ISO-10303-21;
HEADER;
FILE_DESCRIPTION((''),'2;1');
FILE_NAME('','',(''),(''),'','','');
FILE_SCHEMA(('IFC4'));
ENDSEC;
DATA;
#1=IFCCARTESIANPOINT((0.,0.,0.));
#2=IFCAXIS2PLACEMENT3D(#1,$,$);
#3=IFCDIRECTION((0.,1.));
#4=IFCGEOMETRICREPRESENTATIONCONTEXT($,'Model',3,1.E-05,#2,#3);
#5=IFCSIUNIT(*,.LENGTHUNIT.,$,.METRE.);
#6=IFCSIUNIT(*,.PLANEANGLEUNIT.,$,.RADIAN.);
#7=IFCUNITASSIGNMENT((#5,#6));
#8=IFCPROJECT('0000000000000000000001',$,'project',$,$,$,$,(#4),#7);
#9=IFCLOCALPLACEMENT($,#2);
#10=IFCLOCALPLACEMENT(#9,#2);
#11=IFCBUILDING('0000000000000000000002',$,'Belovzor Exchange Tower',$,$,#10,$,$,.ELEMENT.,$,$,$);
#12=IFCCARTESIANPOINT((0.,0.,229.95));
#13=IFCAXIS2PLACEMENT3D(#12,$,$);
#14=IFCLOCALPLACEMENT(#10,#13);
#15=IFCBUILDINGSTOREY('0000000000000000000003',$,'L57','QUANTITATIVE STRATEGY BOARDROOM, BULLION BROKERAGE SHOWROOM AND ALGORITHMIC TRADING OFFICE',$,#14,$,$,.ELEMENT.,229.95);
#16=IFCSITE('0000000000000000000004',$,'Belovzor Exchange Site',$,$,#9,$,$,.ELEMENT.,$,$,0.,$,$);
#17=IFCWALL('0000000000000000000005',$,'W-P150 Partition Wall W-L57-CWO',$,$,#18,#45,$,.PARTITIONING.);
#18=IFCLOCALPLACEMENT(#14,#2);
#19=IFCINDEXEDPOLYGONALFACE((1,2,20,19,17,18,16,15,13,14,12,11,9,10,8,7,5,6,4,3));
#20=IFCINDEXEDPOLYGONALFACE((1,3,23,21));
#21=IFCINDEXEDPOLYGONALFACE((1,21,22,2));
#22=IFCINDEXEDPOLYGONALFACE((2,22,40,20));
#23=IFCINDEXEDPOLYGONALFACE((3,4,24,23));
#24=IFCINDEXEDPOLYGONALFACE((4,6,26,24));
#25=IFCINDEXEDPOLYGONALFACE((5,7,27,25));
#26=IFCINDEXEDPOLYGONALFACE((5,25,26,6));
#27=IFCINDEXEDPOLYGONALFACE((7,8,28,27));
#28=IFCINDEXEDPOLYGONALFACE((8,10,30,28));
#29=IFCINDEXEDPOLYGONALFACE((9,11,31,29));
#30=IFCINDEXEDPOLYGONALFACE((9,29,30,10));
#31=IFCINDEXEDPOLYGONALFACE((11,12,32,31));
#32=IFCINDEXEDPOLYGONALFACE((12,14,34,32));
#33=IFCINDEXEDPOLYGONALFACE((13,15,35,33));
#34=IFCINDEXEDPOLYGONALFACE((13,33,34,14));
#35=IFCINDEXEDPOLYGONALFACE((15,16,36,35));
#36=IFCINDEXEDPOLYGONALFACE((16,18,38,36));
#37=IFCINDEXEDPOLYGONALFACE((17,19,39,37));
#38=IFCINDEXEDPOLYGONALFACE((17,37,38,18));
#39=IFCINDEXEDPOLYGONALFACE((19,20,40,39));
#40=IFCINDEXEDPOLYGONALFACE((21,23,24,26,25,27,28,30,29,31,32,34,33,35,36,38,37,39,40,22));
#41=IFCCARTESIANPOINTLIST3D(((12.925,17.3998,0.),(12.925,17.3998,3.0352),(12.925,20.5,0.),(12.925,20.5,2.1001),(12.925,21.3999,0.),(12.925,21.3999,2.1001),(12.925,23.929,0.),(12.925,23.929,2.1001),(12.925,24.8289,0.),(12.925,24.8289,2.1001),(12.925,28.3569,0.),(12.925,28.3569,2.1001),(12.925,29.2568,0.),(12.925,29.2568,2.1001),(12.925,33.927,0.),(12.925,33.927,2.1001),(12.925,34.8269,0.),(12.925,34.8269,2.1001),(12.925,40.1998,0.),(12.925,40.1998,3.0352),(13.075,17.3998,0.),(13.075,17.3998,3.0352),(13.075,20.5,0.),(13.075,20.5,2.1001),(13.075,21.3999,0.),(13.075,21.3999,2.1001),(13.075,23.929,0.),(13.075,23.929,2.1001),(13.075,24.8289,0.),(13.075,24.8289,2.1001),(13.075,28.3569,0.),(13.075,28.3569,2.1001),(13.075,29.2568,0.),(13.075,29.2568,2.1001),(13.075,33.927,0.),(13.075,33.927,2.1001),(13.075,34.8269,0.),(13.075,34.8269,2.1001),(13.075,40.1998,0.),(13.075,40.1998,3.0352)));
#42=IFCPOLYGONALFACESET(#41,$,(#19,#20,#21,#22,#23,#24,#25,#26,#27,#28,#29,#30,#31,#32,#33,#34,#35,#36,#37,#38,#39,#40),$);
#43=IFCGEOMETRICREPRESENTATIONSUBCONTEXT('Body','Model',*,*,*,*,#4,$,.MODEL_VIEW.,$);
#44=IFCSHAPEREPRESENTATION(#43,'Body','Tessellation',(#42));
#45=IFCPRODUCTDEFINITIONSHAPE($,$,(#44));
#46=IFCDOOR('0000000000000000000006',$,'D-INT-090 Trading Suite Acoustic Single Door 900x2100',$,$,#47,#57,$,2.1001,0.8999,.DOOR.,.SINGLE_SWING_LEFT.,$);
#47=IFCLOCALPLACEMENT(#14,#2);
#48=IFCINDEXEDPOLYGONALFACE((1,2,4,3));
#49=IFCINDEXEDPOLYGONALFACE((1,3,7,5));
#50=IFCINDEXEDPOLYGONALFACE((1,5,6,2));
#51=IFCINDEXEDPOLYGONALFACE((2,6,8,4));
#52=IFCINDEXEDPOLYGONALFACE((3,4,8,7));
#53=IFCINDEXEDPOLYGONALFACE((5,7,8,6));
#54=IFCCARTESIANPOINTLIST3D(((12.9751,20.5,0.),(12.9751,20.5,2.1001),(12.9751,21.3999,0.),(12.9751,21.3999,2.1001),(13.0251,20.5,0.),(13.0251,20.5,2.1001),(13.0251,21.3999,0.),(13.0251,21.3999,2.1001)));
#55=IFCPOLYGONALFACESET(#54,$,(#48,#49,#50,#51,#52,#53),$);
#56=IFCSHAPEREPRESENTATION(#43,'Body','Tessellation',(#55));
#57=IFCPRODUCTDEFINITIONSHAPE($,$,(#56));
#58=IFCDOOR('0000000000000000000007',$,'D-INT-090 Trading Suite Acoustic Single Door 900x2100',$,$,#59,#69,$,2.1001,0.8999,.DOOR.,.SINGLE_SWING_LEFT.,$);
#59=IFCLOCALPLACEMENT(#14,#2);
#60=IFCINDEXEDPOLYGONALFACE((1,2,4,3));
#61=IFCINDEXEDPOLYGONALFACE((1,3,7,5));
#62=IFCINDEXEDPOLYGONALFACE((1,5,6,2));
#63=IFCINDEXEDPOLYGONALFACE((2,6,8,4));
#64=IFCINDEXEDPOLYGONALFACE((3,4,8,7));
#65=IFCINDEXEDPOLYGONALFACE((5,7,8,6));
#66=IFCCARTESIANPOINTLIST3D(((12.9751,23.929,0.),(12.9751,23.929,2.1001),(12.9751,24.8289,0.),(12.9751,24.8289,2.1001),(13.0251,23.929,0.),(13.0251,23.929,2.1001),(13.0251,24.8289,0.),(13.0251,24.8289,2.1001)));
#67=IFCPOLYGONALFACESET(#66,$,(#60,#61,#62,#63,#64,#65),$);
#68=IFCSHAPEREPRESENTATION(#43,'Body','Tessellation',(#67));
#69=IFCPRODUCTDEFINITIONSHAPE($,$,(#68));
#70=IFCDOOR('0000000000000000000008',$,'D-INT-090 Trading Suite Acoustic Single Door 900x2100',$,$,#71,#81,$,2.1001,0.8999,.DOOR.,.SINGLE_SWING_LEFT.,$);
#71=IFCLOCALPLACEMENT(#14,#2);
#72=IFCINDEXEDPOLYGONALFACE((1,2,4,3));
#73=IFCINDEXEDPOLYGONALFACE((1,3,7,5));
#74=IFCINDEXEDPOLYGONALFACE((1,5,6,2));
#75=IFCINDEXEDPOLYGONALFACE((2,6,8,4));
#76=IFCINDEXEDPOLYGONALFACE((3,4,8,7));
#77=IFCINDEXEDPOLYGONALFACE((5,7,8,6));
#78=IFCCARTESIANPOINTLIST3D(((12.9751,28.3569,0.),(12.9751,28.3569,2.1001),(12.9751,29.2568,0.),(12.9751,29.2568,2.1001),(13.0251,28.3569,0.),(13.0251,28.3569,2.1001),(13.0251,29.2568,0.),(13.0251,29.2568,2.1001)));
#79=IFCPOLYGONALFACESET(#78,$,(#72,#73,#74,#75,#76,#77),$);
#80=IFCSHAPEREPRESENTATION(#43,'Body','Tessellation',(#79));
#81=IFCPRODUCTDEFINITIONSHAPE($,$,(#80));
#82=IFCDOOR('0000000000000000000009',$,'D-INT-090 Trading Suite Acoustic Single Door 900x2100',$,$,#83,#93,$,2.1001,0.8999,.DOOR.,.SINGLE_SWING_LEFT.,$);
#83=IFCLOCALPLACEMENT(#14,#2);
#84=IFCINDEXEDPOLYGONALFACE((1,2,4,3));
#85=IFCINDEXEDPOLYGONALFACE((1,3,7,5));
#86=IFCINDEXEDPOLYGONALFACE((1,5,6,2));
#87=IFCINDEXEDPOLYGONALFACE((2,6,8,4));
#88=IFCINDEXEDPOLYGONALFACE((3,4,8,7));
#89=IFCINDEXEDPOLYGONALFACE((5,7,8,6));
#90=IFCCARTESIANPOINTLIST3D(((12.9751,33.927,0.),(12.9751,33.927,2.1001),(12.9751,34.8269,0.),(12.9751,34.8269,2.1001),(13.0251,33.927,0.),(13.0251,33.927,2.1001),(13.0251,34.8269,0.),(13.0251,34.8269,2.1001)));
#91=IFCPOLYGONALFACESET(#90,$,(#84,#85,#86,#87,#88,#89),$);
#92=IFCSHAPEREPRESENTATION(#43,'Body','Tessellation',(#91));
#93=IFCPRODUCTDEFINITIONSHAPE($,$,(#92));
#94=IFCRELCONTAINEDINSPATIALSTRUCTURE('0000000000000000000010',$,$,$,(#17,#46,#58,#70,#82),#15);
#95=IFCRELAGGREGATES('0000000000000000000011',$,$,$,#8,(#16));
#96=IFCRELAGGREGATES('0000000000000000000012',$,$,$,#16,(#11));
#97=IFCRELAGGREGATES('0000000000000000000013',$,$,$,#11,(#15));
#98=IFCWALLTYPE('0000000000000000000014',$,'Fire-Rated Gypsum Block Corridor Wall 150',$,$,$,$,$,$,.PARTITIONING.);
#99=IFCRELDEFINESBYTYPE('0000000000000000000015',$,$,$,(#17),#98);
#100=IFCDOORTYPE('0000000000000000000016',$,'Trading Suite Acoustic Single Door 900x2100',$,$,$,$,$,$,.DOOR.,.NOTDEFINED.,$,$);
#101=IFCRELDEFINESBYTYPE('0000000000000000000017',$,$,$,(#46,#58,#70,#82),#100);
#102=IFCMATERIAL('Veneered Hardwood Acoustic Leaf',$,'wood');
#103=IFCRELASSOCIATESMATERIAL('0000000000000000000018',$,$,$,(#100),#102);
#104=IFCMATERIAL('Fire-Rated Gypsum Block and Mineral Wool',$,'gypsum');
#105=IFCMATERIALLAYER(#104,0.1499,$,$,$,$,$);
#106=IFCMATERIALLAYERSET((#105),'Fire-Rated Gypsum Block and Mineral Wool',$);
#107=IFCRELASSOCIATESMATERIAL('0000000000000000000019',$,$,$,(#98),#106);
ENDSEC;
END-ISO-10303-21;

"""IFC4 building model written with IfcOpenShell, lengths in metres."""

from ifc_helpers import new_model, si_unit, direction, frame, frame_2d, origin, place, context, subcontext, project, spatial, rectangle, extrude, material, layer, layer_set, type_object, element, fill, save


model = new_model("IFC4")

# Units and contexts
model_context = context("Model", 3, precision=1e-05, world=origin(), true_north=direction((0.0, 1.0)))
body_context = subcontext(model_context, "Body", "Model", "MODEL_VIEW")
ifc_project = project(units=[si_unit("LENGTHUNIT", "METRE"), si_unit("PLANEANGLEUNIT", "RADIAN")], contexts=[model_context])

# Site, building, storey
site_placement = place(None, origin())
site = spatial("IfcSite", under=ifc_project, at=site_placement, Name="Belovzor Exchange Site", CompositionType="ELEMENT", RefElevation=0.0)
building_placement = place(site_placement, origin())
building = spatial("IfcBuilding", under=site, at=building_placement, Name="Belovzor Exchange Tower", CompositionType="ELEMENT")
storey_placement = place(building_placement, frame((0.0, 0.0, 229.95)))
storey = spatial("IfcBuildingStorey", under=building, at=storey_placement, Name="L57", Description="QUANTITATIVE STRATEGY BOARDROOM, BULLION BROKERAGE SHOWROOM AND ALGORITHMIC TRADING OFFICE", CompositionType="ELEMENT", Elevation=229.95)

# Shared definitions
ifc_material_1 = material(Name="Veneered Hardwood Acoustic Leaf", Category="wood")
door_type = type_object("IfcDoorType", Name="Trading Suite Acoustic Single Door 900x2100", OperationType="NOTDEFINED", PredefinedType="DOOR", material=ifc_material_1)

# Shared definitions
ifc_material_2 = material(Name="Fire-Rated Gypsum Block and Mineral Wool", Category="gypsum")
ifc_layer_1 = layer(ifc_material_2, 0.1499)
ifc_layer_set_1 = layer_set([ifc_layer_1], Name="Fire-Rated Gypsum Block and Mineral Wool")
wall_type_1 = type_object("IfcWallType", Name="Fire-Rated Gypsum Block Corridor Wall 150", PredefinedType="PARTITIONING", material=ifc_layer_set_1)

# Wall, openings, doors
wall_1_placement = place(storey_placement, frame((13.0, 17.3999, 0.0), z_axis=(0.0, 0.0, 1.0), x_axis=(0.0, 1.0, 0.0)))
wall_1 = element("IfcWall", 1, at=wall_1_placement, inside=storey, type_object=wall_type_1, Name="W-P150 Partition Wall W-L57-CWO", PredefinedType="PARTITIONING", context=body_context, shape_type="SweptSolid", body=[
    extrude(rectangle(XDim=22.8, YDim=0.1499, at=frame_2d((11.3999, 0.0))), origin(), (0.0, 0.0, 1.0), 3.0352),
])
opening_1_placement = place(wall_1_placement, frame((3.1001, 0.0, 0.0)))
opening_1 = element("IfcOpeningElement", 2, at=opening_1_placement, cuts=wall_1, PredefinedType="OPENING", context=body_context, shape_type="SweptSolid", body=[
    extrude(rectangle(XDim=0.8999, YDim=2.1001, at=frame_2d((0.45, 1.05))), frame((0.0, 0.085, 0.0), z_axis=(0.0, -1.0, 0.0), x_axis=(1.0, 0.0, 0.0)), (0.0, 0.0, 1.0), 0.1699),
])
opening_2_placement = place(wall_1_placement, frame((6.5291, 0.0, 0.0)))
opening_2 = element("IfcOpeningElement", 3, at=opening_2_placement, cuts=wall_1, PredefinedType="OPENING", context=body_context, shape_type="SweptSolid", body=[
    extrude(rectangle(XDim=0.8999, YDim=2.1001, at=frame_2d((0.45, 1.05))), frame((0.0, 0.085, 0.0), z_axis=(0.0, -1.0, 0.0), x_axis=(1.0, 0.0, 0.0)), (0.0, 0.0, 1.0), 0.1699),
])
opening_3_placement = place(wall_1_placement, frame((10.957, 0.0, 0.0)))
opening_3 = element("IfcOpeningElement", 4, at=opening_3_placement, cuts=wall_1, PredefinedType="OPENING", context=body_context, shape_type="SweptSolid", body=[
    extrude(rectangle(XDim=0.8999, YDim=2.1001, at=frame_2d((0.45, 1.05))), frame((0.0, 0.085, 0.0), z_axis=(0.0, -1.0, 0.0), x_axis=(1.0, 0.0, 0.0)), (0.0, 0.0, 1.0), 0.1699),
])
opening_4_placement = place(wall_1_placement, frame((16.5271, 0.0, 0.0)))
opening_4 = element("IfcOpeningElement", 5, at=opening_4_placement, cuts=wall_1, PredefinedType="OPENING", context=body_context, shape_type="SweptSolid", body=[
    extrude(rectangle(XDim=0.8999, YDim=2.1001, at=frame_2d((0.45, 1.05))), frame((0.0, 0.085, 0.0), z_axis=(0.0, -1.0, 0.0), x_axis=(1.0, 0.0, 0.0)), (0.0, 0.0, 1.0), 0.1699),
])
door_1_placement = place(opening_1_placement, origin())
door_1 = element("IfcDoor", 6, at=door_1_placement, inside=storey, type_object=door_type, Name="D-INT-090 Trading Suite Acoustic Single Door 900x2100", OperationType="SINGLE_SWING_LEFT", OverallHeight=2.1001, OverallWidth=0.8999, PredefinedType="DOOR", context=body_context, shape_type="SweptSolid", body=[
    extrude(rectangle(XDim=0.8999, YDim=2.1001, at=frame_2d((0.45, 1.05))), frame((0.0, 0.0249, 0.0), z_axis=(0.0, -1.0, 0.0), x_axis=(1.0, 0.0, 0.0)), (0.0, 0.0, 1.0), 0.05),
])
fill(opening_1, door_1)
door_2_placement = place(opening_2_placement, origin())
door_2 = element("IfcDoor", 7, at=door_2_placement, inside=storey, type_object=door_type, Name="D-INT-090 Trading Suite Acoustic Single Door 900x2100", OperationType="SINGLE_SWING_LEFT", OverallHeight=2.1001, OverallWidth=0.8999, PredefinedType="DOOR", context=body_context, shape_type="SweptSolid", body=[
    extrude(rectangle(XDim=0.8999, YDim=2.1001, at=frame_2d((0.45, 1.05))), frame((0.0, 0.0249, 0.0), z_axis=(0.0, -1.0, 0.0), x_axis=(1.0, 0.0, 0.0)), (0.0, 0.0, 1.0), 0.05),
])
fill(opening_2, door_2)
door_3_placement = place(opening_3_placement, origin())
door_3 = element("IfcDoor", 8, at=door_3_placement, inside=storey, type_object=door_type, Name="D-INT-090 Trading Suite Acoustic Single Door 900x2100", OperationType="SINGLE_SWING_LEFT", OverallHeight=2.1001, OverallWidth=0.8999, PredefinedType="DOOR", context=body_context, shape_type="SweptSolid", body=[
    extrude(rectangle(XDim=0.8999, YDim=2.1001, at=frame_2d((0.45, 1.05))), frame((0.0, 0.0249, 0.0), z_axis=(0.0, -1.0, 0.0), x_axis=(1.0, 0.0, 0.0)), (0.0, 0.0, 1.0), 0.05),
])
fill(opening_3, door_3)
door_4_placement = place(opening_4_placement, origin())
door_4 = element("IfcDoor", 9, at=door_4_placement, inside=storey, type_object=door_type, Name="D-INT-090 Trading Suite Acoustic Single Door 900x2100", OperationType="SINGLE_SWING_LEFT", OverallHeight=2.1001, OverallWidth=0.8999, PredefinedType="DOOR", context=body_context, shape_type="SweptSolid", body=[
    extrude(rectangle(XDim=0.8999, YDim=2.1001, at=frame_2d((0.45, 1.05))), frame((0.0, 0.0249, 0.0), z_axis=(0.0, -1.0, 0.0), x_axis=(1.0, 0.0, 0.0)), (0.0, 0.0, 1.0), 0.05),
])
fill(opening_4, door_4)

save(model, "model.ifc")
